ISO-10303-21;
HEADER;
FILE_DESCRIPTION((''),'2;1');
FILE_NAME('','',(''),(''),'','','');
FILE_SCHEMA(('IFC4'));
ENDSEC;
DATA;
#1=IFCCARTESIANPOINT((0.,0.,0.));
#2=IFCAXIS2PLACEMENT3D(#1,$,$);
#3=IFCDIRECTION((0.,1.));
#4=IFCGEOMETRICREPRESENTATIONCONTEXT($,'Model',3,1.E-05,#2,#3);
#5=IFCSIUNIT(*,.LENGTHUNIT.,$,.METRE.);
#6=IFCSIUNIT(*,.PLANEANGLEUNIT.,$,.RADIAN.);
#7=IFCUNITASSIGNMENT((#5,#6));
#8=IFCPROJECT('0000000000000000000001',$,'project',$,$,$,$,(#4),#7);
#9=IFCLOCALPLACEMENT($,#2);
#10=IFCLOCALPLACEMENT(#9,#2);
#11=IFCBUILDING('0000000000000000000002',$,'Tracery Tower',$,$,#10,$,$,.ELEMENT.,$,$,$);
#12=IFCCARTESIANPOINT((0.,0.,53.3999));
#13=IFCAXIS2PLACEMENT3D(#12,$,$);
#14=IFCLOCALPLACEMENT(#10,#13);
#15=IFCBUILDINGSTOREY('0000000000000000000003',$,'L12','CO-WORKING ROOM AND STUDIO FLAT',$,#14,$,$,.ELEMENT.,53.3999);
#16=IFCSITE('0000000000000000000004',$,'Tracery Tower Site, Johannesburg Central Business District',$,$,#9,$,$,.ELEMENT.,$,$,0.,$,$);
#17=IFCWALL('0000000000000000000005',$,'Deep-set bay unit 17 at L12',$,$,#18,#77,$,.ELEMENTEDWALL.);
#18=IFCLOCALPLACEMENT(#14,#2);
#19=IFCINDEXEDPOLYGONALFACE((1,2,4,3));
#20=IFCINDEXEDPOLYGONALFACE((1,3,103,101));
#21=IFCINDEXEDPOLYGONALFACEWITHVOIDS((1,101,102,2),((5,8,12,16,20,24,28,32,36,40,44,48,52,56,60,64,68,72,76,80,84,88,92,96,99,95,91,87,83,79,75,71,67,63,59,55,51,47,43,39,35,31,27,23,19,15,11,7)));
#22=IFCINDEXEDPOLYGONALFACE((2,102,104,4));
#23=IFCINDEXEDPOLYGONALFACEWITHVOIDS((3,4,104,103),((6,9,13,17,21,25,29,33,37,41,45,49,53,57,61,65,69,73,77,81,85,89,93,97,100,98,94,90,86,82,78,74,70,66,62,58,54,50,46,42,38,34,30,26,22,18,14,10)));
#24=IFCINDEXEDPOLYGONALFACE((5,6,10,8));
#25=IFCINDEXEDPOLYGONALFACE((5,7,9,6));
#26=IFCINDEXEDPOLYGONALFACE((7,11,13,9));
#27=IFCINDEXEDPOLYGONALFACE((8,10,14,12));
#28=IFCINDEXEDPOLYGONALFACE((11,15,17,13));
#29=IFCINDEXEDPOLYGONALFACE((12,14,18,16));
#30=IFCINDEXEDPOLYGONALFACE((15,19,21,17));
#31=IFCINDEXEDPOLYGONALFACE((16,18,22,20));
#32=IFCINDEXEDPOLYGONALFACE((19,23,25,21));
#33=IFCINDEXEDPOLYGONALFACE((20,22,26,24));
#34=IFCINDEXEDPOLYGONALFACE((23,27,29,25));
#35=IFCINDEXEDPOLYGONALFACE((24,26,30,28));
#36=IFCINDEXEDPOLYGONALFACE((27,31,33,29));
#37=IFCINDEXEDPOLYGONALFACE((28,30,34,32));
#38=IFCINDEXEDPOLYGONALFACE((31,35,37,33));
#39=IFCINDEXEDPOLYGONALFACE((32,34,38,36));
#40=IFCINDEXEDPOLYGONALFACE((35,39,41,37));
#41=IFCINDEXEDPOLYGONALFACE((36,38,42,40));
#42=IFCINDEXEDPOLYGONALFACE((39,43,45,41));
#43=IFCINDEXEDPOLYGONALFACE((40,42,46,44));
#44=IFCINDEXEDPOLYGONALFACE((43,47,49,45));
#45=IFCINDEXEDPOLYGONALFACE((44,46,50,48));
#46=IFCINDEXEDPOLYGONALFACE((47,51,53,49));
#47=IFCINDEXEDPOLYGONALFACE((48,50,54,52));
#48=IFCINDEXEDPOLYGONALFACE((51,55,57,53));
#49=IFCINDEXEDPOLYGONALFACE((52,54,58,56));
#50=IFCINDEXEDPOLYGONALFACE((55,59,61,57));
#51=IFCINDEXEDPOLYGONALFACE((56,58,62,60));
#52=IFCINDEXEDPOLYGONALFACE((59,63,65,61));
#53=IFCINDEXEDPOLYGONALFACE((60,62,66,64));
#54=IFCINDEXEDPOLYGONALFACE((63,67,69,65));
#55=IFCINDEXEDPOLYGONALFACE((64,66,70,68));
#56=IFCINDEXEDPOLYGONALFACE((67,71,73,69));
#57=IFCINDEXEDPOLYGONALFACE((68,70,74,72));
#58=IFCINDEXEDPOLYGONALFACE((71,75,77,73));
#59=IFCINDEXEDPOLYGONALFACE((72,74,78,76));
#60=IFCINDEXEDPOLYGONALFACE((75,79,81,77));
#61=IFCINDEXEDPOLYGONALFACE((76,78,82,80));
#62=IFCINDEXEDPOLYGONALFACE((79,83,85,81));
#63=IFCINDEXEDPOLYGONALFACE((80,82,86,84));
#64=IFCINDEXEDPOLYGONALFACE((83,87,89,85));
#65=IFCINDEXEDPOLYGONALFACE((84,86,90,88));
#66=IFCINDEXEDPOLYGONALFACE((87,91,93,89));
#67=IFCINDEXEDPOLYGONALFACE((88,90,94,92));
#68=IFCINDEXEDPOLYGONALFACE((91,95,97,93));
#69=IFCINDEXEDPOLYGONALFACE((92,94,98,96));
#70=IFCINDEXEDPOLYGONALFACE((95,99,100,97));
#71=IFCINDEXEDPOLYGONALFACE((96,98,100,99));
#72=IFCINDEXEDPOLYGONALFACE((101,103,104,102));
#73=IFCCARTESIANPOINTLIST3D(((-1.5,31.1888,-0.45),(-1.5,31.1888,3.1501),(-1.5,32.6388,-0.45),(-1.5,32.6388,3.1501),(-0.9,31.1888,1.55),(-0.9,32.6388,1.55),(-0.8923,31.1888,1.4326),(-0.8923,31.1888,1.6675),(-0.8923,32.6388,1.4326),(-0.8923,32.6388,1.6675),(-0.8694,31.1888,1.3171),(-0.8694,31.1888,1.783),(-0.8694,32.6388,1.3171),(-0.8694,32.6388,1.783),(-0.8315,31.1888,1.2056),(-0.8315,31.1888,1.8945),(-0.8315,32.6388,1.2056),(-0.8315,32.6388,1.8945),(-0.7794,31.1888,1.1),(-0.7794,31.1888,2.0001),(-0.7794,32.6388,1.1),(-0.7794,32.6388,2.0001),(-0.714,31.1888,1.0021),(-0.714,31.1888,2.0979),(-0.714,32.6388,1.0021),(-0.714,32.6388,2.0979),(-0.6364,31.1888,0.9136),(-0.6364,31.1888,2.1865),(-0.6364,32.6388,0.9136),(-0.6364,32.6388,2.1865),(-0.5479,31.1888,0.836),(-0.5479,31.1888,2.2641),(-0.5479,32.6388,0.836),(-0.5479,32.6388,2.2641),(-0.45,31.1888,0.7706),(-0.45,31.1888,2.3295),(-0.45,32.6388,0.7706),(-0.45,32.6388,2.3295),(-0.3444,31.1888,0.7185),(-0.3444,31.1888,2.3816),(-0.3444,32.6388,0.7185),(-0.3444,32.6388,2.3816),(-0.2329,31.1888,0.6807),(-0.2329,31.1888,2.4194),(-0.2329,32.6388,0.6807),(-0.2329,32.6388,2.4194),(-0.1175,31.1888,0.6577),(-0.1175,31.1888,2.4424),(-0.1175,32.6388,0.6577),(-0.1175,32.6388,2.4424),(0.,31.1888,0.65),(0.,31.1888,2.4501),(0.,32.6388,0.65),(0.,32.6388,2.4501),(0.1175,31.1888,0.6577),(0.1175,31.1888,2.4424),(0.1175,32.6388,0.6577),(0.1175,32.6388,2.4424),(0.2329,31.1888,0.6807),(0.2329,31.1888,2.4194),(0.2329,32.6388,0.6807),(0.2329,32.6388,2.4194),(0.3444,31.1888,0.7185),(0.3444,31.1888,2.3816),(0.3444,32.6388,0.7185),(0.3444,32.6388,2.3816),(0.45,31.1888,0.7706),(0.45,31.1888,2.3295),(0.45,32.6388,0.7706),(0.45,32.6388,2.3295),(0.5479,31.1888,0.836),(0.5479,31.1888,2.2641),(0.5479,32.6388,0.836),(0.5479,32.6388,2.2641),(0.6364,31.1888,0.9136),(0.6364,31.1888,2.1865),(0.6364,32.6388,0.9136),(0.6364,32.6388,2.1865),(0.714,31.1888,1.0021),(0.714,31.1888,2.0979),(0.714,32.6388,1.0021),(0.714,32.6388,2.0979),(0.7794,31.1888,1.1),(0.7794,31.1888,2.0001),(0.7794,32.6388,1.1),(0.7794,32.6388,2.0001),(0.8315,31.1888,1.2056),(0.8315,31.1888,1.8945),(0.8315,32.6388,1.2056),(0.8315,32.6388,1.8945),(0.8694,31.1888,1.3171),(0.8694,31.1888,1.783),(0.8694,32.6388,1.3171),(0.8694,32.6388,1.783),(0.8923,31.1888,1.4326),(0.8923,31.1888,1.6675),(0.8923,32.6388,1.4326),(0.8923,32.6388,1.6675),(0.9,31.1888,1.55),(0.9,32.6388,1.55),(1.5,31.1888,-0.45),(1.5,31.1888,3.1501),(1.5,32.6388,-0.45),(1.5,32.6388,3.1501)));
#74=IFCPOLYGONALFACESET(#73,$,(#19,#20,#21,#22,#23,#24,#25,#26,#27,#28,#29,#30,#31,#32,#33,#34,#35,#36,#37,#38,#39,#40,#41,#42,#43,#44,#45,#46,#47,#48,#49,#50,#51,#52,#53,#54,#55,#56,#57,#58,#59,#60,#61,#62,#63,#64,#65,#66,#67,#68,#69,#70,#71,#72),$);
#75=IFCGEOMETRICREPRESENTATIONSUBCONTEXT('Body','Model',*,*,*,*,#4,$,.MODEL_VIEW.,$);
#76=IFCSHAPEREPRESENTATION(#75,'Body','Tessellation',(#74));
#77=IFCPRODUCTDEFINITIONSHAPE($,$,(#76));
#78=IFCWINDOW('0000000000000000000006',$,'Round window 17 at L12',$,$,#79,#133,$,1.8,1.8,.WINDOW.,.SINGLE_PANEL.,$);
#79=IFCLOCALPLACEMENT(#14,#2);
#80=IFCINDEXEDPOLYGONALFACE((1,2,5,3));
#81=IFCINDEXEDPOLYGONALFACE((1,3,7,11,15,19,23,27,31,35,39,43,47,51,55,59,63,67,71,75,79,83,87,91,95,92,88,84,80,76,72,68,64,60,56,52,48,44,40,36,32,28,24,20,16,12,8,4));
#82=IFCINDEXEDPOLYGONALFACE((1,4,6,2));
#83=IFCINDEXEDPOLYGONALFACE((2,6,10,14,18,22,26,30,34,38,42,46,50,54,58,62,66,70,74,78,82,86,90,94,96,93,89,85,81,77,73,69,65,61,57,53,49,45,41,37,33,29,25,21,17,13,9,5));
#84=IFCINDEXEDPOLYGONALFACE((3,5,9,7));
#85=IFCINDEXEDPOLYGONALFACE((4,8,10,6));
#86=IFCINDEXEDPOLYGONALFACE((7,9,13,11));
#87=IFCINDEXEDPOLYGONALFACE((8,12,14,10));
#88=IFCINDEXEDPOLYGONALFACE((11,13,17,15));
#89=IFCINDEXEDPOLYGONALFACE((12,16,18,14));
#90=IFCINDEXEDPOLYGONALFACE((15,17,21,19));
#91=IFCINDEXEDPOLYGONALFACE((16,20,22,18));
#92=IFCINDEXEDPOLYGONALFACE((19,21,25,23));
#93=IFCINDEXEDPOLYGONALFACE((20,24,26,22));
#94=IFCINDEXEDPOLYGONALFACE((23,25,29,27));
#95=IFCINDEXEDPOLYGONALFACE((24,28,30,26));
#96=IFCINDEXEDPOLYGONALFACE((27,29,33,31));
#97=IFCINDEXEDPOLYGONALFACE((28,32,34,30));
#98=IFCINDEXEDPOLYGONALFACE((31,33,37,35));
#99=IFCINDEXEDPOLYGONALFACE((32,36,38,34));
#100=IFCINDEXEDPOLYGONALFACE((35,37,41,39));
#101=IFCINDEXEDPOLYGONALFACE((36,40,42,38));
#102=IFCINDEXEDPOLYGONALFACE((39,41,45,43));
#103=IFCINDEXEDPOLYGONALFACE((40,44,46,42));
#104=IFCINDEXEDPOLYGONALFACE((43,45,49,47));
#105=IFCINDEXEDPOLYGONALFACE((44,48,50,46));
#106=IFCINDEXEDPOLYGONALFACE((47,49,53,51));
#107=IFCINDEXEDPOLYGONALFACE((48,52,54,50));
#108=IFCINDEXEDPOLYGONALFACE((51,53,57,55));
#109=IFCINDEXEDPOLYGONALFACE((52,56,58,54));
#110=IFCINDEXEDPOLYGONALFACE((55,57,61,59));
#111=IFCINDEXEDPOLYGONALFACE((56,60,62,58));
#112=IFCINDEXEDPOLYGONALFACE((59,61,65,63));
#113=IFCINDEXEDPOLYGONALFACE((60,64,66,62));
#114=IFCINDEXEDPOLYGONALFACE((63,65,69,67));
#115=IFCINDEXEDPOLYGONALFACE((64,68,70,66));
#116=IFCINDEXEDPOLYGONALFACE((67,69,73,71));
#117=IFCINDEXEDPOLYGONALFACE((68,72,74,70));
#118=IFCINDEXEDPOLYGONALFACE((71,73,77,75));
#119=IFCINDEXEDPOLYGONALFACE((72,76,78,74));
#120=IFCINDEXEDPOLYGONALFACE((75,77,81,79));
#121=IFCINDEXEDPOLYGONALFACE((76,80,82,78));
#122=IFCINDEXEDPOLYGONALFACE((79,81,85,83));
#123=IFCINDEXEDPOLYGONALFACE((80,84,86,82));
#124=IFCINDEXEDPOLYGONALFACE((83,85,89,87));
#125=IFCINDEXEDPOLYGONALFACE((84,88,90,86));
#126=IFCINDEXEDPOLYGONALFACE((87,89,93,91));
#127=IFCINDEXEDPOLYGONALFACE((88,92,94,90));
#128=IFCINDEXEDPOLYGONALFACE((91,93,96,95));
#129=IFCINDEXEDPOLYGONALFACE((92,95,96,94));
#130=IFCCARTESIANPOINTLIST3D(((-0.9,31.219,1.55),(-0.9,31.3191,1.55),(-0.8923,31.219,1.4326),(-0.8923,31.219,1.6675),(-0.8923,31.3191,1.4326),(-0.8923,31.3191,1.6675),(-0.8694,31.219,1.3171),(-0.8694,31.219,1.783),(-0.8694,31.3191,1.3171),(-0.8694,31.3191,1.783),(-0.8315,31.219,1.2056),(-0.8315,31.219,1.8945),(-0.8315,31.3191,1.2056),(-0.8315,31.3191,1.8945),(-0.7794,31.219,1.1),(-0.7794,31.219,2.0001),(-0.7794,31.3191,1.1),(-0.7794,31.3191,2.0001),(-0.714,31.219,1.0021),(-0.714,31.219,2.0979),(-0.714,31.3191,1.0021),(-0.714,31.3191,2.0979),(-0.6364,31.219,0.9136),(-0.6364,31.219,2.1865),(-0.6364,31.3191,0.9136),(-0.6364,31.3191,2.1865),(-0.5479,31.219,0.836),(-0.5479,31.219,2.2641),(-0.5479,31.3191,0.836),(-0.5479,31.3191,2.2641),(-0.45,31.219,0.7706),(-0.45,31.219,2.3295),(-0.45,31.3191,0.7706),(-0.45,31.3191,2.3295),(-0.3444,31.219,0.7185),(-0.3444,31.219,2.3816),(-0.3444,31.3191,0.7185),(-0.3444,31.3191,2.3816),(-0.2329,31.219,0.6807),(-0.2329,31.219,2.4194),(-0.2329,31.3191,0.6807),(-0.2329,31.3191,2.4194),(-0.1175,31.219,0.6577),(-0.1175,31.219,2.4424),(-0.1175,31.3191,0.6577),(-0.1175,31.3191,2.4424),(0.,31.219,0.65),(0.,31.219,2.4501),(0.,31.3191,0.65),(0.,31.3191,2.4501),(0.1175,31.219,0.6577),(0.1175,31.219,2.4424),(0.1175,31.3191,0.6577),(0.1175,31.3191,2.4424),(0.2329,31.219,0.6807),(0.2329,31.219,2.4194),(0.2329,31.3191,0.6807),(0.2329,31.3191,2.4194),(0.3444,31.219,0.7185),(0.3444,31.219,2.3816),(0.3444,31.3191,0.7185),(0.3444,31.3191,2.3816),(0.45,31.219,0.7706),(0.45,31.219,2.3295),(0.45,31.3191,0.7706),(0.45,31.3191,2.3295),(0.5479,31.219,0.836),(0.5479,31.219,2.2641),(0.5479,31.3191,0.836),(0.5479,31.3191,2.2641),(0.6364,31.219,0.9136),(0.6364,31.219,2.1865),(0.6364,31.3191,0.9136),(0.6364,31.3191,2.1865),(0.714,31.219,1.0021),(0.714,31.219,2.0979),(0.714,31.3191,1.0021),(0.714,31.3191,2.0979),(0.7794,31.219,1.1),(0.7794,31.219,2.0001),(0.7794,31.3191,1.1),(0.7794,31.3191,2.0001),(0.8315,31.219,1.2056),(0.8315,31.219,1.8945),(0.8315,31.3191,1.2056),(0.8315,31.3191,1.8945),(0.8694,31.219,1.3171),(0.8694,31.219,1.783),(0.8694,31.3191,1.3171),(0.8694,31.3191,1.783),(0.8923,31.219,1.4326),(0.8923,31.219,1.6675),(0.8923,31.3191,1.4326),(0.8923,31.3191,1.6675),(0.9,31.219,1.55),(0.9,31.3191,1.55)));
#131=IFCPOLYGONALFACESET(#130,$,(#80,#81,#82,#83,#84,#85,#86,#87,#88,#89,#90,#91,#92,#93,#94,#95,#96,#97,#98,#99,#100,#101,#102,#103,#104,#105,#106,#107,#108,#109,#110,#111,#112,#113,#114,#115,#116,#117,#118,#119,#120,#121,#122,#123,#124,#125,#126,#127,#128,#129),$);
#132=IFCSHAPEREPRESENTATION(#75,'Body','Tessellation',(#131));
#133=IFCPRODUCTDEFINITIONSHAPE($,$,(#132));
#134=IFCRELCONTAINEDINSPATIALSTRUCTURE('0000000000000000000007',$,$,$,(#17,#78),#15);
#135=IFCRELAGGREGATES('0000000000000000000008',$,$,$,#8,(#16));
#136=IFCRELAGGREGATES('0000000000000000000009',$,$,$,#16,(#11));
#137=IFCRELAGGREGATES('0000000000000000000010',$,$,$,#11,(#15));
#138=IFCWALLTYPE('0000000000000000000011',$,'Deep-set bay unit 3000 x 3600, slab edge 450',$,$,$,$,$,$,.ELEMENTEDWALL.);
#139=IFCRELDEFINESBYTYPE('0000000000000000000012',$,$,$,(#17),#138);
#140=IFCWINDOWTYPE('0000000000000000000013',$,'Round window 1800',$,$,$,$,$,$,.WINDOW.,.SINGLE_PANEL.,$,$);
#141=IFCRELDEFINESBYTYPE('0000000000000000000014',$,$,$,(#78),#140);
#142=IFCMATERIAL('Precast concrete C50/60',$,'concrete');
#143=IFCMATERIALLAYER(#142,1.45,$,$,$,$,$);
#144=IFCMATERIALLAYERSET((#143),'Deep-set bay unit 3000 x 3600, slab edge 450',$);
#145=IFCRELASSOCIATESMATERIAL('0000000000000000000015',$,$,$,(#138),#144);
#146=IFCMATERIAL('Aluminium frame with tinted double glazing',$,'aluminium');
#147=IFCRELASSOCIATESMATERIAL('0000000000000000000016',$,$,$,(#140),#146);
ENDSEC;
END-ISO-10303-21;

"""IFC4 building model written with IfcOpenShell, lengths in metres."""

from ifc_helpers import new_model, si_unit, direction, frame, frame_2d, origin, origin_2d, place, context, subcontext, project, spatial, rectangle, circle, extrude, material, layer, layer_set, type_object, element, fill, save


model = new_model("IFC4")

# Units and contexts
model_context = context("Model", 3, precision=1e-05, world=origin(), true_north=direction((0.0, 1.0)))
body_context = subcontext(model_context, "Body", "Model", "MODEL_VIEW")
ifc_project = project(units=[si_unit("LENGTHUNIT", "METRE"), si_unit("PLANEANGLEUNIT", "RADIAN")], contexts=[model_context])

# Site, building, storey
site_placement = place(None, origin())
site = spatial("IfcSite", under=ifc_project, at=site_placement, Name="Tracery Tower Site, Johannesburg Central Business District", CompositionType="ELEMENT", RefElevation=0.0)
building_placement = place(site_placement, origin())
building = spatial("IfcBuilding", under=site, at=building_placement, Name="Tracery Tower", CompositionType="ELEMENT")
storey_placement = place(building_placement, frame((0.0, 0.0, 53.3999)))
storey = spatial("IfcBuildingStorey", under=building, at=storey_placement, Name="L12", Description="CO-WORKING ROOM AND STUDIO FLAT", CompositionType="ELEMENT", Elevation=53.3999)

# Wall, opening, window
ifc_material_1 = material(Name="Precast concrete C50/60", Category="concrete")
ifc_layer_1 = layer(ifc_material_1, 1.45)
ifc_layer_set_1 = layer_set([ifc_layer_1], Name="Deep-set bay unit 3000 x 3600, slab edge 450")
wall_type_1 = type_object("IfcWallType", Name="Deep-set bay unit 3000 x 3600, slab edge 450", PredefinedType="ELEMENTEDWALL", material=ifc_layer_set_1)
wall_1_placement = place(storey_placement, frame((1.5, 31.9138, -0.45), z_axis=(0.0, 0.0, 1.0), x_axis=(-1.0, 0.0, 0.0)))
wall_1 = element("IfcWall", 1, at=wall_1_placement, inside=storey, type_object=wall_type_1, Name="Deep-set bay unit 17 at L12", PredefinedType="ELEMENTEDWALL", context=body_context, shape_type="SweptSolid", body=[
    extrude(rectangle(XDim=3.0, YDim=1.45, at=frame_2d((1.5, 0.0))), origin(), (0.0, 0.0, 1.0), 3.6001),
])
opening_1_placement = place(wall_1_placement, frame((1.5, 0.0, 2.0)))
opening_1 = element("IfcOpeningElement", 2, at=opening_1_placement, cuts=wall_1, PredefinedType="OPENING", context=body_context, shape_type="SweptSolid", body=[
    extrude(circle(Radius=0.9, at=origin_2d()), frame((0.0, 0.7349, 0.0), z_axis=(0.0, -1.0, 0.0), x_axis=(1.0, 0.0, 0.0)), (0.0, 0.0, 1.0), 1.47),
])
ifc_material_2 = material(Name="Aluminium frame with tinted double glazing", Category="aluminium")
window_type = type_object("IfcWindowType", Name="Round window 1800", PartitioningType="SINGLE_PANEL", PredefinedType="WINDOW", material=ifc_material_2)
window_1_placement = place(opening_1_placement, origin())
window_1 = element("IfcWindow", 3, at=window_1_placement, inside=storey, type_object=window_type, Name="Round window 17 at L12", OverallHeight=1.8, OverallWidth=1.8, PartitioningType="SINGLE_PANEL", PredefinedType="WINDOW", context=body_context, shape_type="SweptSolid", body=[
    extrude(circle(Radius=0.9, at=origin_2d()), frame((0.0, 0.6948, 0.0), z_axis=(0.0, -1.0, 0.0), x_axis=(1.0, 0.0, 0.0)), (0.0, 0.0, 1.0), 0.1001),
])
fill(opening_1, window_1)

save(model, "model.ifc")
